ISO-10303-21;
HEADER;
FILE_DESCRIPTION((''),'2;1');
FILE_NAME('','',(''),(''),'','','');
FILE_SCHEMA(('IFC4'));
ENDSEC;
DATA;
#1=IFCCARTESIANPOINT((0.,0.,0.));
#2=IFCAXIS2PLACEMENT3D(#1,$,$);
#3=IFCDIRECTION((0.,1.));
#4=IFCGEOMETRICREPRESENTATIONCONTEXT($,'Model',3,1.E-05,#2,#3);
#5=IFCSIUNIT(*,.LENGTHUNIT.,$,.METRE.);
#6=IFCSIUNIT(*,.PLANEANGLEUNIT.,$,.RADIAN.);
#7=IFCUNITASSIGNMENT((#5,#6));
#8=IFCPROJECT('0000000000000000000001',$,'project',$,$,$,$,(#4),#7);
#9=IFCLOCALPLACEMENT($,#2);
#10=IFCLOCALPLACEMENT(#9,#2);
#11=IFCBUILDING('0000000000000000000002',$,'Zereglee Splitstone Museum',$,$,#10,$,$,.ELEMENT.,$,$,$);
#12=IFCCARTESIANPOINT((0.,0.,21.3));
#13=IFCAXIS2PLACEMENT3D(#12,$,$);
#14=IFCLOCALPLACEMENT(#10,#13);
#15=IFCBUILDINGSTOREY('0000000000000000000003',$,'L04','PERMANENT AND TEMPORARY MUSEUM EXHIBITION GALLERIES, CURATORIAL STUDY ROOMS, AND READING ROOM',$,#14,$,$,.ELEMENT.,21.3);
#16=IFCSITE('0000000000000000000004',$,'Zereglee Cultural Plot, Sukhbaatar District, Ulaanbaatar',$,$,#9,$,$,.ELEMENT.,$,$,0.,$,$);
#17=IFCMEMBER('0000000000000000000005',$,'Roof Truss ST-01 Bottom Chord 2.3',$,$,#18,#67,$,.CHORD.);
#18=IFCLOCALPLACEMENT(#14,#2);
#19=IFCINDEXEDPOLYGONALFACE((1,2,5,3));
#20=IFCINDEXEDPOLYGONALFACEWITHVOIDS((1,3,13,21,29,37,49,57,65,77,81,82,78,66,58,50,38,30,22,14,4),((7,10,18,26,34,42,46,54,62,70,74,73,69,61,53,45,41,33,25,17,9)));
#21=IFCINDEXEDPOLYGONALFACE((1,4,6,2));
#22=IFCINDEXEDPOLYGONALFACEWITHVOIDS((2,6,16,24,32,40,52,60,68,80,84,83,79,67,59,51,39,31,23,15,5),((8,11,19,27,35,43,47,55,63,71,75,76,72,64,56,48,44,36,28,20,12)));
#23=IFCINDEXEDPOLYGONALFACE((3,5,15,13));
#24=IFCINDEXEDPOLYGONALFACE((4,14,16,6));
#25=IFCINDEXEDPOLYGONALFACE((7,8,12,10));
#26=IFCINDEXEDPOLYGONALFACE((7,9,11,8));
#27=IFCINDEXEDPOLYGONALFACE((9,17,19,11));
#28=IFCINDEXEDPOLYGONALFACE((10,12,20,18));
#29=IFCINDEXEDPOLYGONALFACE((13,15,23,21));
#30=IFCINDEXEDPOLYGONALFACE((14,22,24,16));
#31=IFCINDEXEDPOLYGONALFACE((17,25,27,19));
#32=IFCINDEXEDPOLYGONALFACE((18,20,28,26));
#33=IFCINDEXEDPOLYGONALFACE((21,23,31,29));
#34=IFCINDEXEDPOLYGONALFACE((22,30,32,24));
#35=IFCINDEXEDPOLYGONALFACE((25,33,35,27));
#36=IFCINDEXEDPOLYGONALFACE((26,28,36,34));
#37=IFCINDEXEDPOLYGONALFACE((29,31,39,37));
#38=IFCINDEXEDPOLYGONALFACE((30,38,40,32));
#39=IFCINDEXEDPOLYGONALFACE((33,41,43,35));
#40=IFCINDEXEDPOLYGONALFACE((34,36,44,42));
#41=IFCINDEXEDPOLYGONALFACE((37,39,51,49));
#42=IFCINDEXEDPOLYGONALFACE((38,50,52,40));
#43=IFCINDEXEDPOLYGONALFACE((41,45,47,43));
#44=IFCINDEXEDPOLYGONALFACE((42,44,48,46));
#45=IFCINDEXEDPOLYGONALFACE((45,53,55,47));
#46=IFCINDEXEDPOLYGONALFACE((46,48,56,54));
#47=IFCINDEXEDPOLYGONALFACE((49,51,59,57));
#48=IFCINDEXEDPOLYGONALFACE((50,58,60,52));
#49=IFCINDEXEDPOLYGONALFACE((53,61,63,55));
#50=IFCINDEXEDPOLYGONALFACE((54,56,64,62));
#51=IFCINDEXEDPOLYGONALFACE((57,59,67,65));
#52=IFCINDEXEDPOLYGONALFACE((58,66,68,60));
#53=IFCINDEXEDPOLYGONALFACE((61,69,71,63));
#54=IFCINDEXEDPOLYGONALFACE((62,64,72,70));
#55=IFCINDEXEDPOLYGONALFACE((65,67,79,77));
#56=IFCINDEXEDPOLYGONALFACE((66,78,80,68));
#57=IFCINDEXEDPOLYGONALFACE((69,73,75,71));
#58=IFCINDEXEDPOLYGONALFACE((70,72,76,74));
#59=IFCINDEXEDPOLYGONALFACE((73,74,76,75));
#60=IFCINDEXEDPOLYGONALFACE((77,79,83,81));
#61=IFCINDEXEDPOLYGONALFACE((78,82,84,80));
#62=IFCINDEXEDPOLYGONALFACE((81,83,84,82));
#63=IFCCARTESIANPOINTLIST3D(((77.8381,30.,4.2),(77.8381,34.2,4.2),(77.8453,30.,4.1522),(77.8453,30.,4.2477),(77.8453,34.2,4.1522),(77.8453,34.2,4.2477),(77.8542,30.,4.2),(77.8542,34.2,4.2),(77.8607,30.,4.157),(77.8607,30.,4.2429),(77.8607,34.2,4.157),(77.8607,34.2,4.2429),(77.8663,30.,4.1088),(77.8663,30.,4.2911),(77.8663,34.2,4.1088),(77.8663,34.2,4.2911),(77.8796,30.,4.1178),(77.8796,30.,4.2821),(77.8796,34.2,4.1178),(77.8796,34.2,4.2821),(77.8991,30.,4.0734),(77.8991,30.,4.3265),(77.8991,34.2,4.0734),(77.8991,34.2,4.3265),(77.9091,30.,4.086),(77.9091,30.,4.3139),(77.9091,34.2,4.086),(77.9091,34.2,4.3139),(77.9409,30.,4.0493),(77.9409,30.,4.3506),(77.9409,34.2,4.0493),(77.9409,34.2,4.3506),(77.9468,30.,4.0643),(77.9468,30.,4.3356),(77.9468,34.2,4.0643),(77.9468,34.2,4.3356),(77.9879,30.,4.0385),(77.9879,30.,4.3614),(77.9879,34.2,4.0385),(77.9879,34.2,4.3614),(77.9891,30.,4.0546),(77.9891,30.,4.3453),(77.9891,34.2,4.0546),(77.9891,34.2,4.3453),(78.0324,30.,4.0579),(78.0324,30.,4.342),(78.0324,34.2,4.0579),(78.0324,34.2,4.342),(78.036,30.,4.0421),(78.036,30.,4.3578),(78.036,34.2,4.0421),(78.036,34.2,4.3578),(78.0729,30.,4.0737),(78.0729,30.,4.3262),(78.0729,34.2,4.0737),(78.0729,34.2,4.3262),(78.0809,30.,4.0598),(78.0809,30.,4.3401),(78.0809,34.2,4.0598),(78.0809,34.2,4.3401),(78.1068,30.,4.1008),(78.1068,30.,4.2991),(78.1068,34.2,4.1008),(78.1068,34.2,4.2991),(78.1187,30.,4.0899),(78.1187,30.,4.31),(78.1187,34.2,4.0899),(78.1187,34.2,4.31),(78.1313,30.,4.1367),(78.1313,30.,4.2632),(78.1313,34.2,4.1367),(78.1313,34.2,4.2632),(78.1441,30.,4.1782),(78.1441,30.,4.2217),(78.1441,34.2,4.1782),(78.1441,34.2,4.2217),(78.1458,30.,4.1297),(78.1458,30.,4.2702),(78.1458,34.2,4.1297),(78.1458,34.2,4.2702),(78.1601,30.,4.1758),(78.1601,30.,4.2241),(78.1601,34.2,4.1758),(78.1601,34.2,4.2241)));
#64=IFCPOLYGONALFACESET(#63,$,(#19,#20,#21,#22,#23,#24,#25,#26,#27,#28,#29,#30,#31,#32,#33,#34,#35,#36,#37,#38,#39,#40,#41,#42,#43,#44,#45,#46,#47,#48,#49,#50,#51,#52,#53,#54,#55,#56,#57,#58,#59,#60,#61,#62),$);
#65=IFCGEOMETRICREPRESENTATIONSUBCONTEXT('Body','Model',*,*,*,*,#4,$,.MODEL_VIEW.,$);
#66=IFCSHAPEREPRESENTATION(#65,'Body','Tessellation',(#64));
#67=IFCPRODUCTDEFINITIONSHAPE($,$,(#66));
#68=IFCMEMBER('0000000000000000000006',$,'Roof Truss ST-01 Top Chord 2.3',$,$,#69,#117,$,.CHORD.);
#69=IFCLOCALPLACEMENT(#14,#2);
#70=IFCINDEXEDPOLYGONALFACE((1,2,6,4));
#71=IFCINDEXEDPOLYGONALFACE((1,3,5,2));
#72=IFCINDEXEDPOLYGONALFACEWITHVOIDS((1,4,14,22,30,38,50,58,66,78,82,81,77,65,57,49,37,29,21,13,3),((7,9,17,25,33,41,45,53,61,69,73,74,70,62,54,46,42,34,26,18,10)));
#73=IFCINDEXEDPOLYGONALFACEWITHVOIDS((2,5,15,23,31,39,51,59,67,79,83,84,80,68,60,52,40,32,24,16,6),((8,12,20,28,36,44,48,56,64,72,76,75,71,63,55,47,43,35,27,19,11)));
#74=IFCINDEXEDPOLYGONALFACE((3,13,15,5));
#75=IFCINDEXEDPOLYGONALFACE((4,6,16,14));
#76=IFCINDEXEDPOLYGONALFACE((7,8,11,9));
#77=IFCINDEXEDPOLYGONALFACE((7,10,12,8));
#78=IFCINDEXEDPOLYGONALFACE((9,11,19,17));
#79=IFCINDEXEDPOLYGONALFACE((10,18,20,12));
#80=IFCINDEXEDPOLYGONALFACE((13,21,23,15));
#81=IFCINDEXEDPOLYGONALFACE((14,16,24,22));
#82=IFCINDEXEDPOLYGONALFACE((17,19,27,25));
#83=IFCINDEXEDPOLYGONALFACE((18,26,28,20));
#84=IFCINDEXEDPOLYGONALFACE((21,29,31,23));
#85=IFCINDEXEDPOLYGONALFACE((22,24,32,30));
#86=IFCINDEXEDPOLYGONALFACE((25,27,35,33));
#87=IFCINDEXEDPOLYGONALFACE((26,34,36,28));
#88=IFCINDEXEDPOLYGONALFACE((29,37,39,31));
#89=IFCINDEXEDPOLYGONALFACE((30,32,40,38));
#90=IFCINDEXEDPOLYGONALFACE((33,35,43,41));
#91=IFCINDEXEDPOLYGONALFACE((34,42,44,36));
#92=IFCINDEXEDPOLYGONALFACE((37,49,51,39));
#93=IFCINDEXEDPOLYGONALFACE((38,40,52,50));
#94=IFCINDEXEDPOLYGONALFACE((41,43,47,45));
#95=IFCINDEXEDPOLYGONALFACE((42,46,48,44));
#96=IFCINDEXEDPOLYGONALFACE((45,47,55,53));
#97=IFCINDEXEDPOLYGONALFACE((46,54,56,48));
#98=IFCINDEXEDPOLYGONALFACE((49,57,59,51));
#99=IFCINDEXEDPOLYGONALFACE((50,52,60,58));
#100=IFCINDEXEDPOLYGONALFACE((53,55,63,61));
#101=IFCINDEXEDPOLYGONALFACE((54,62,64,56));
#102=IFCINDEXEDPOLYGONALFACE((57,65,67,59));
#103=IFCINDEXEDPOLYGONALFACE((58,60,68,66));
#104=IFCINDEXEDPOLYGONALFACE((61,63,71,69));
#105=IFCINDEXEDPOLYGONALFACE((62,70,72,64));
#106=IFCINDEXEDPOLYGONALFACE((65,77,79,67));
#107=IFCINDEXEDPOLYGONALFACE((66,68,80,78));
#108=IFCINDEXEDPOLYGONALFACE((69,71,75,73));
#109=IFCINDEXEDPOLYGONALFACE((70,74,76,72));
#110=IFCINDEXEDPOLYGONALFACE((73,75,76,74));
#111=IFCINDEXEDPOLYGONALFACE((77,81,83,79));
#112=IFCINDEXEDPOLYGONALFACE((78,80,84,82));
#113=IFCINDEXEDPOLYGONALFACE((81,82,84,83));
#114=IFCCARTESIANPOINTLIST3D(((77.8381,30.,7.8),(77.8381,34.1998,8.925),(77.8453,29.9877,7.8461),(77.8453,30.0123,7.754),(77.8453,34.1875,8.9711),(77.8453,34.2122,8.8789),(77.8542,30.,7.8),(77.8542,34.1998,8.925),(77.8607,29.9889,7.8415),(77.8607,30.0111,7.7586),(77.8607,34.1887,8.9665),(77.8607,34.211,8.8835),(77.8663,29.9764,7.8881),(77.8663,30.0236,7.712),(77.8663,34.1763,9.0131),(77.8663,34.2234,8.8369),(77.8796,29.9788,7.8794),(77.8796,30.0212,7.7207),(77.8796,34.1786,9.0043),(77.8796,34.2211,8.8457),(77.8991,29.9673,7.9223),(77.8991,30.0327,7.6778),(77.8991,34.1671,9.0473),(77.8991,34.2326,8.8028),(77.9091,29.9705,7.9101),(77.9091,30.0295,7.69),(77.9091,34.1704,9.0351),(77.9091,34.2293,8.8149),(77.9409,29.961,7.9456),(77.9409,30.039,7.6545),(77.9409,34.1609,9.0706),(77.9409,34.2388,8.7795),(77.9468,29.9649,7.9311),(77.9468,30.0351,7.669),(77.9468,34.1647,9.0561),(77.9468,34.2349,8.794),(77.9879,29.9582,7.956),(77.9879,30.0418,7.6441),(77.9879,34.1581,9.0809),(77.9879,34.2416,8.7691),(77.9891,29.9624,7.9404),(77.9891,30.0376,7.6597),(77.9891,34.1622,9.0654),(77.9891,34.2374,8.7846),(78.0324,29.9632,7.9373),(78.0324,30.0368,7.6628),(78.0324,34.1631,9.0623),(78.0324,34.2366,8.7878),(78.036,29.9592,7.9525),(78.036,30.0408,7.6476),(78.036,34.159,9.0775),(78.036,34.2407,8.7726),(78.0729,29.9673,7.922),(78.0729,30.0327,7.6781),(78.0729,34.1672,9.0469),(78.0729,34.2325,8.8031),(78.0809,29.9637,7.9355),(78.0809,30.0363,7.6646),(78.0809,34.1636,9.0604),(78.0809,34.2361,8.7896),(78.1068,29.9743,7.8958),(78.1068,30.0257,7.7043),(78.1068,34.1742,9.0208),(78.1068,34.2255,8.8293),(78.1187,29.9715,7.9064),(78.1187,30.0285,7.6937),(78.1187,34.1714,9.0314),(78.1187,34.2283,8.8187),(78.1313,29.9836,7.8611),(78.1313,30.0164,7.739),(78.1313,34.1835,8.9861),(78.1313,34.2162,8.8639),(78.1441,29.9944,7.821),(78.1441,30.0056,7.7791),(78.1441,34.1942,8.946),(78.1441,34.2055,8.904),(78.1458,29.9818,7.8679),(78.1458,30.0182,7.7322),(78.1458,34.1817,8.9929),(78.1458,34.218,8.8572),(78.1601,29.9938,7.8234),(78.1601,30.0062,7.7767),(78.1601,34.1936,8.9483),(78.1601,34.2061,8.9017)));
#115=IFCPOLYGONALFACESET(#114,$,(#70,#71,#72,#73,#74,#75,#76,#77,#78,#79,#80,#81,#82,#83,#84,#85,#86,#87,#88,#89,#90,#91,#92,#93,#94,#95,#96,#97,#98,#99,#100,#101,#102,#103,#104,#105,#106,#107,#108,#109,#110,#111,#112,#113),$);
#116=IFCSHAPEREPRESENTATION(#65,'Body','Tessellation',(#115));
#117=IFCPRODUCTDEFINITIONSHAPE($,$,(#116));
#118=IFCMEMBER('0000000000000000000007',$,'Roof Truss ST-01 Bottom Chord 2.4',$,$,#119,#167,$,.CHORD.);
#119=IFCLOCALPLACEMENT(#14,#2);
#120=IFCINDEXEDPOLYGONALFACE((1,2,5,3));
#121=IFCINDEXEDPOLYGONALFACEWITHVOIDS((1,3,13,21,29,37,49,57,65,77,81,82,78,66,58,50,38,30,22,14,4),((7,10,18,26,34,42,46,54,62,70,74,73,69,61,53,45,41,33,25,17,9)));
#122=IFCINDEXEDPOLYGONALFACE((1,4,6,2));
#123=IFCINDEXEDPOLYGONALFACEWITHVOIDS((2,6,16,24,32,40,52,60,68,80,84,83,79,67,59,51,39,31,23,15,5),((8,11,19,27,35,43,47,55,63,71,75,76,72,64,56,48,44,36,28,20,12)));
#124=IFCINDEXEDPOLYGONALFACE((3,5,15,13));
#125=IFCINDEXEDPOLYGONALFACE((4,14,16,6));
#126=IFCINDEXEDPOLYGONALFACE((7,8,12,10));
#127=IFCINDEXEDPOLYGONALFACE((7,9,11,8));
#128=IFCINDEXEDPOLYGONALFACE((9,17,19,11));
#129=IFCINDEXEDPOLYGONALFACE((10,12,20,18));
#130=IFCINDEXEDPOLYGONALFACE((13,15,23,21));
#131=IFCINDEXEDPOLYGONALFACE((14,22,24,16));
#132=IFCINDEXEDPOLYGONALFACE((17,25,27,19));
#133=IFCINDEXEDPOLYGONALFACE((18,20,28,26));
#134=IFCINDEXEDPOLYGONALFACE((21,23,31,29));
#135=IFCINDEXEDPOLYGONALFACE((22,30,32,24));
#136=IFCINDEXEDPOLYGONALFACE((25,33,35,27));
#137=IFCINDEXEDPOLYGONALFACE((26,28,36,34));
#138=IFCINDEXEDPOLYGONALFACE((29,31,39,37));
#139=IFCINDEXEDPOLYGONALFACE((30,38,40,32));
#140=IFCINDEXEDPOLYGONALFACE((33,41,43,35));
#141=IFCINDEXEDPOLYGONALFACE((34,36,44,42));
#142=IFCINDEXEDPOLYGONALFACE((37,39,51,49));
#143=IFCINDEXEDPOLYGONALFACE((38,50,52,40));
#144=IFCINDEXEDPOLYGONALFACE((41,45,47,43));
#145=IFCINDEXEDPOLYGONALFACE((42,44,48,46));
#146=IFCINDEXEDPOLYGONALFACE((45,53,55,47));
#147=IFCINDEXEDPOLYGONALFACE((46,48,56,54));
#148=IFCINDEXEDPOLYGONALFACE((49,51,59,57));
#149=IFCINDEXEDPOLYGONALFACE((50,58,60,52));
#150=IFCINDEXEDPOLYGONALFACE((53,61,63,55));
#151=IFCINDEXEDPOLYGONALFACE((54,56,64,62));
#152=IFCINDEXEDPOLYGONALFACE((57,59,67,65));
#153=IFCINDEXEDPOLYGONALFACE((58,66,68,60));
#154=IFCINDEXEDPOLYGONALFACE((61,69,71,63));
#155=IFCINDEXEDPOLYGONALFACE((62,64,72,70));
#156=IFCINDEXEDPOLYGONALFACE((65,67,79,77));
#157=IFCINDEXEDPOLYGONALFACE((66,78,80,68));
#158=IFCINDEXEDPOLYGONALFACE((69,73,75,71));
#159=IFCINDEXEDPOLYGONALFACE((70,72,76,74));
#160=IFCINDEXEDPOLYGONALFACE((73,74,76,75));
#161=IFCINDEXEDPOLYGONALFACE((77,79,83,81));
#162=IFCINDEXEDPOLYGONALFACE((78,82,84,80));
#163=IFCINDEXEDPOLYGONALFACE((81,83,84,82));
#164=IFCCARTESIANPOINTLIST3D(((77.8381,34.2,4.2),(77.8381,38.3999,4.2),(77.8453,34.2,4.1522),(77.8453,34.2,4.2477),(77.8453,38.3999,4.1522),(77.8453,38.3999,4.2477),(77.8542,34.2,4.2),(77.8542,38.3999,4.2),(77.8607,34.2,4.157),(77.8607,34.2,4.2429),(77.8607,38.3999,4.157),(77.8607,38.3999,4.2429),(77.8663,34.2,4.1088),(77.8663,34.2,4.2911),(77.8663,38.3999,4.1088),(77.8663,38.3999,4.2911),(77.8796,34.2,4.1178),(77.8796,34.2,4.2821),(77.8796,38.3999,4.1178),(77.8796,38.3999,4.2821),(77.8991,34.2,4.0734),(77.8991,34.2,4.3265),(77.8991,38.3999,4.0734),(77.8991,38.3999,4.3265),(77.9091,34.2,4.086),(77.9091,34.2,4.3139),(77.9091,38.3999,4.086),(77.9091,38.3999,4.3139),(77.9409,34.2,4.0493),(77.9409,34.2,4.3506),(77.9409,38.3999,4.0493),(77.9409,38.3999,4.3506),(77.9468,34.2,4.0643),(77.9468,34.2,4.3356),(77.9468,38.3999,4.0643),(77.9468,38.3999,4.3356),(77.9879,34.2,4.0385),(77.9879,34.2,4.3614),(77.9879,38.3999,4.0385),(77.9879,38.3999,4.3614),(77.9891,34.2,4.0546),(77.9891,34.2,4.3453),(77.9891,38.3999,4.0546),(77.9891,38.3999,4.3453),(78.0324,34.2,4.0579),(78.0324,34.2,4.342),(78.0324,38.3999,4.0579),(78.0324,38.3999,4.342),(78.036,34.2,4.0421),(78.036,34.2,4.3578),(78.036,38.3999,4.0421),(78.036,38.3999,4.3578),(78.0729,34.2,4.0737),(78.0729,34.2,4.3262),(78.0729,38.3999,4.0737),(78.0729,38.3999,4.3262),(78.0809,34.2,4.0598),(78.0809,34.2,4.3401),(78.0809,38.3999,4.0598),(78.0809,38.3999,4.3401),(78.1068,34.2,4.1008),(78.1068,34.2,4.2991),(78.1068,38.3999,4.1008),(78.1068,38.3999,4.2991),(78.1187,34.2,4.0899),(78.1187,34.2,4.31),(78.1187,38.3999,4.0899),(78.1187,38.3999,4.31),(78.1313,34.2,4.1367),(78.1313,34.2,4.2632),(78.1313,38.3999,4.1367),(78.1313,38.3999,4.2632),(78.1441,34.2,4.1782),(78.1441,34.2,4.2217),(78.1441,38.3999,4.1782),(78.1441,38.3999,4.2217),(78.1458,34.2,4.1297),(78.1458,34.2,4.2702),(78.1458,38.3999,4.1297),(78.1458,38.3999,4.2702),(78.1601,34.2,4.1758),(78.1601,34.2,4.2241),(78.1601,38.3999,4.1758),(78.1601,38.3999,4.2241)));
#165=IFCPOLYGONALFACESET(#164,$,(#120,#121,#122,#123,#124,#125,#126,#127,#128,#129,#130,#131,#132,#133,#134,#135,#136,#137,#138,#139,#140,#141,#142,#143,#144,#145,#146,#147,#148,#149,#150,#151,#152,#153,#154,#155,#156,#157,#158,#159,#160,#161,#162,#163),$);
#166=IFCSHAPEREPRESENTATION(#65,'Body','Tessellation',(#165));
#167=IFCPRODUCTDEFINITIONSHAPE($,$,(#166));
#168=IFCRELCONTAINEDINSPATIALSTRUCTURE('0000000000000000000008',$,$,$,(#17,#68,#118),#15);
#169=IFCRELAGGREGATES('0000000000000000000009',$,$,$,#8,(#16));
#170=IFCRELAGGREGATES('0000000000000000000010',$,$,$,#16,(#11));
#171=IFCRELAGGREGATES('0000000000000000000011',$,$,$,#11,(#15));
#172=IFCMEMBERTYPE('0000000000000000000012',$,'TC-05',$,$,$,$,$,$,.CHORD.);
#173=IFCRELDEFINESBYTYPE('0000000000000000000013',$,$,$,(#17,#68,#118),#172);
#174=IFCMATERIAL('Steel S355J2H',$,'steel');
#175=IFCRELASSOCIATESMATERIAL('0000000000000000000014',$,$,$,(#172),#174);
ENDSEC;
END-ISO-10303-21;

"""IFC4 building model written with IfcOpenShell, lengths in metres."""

from ifc_helpers import new_model, si_unit, direction, frame, origin, origin_2d, place, context, subcontext, project, spatial, hollow_circle, extrude, material, material_profile, profile_set, type_object, element, save


model = new_model("IFC4")

# Units and contexts
model_context = context("Model", 3, precision=1e-05, world=origin(), true_north=direction((0.0, 1.0)))
body_context = subcontext(model_context, "Body", "Model", "MODEL_VIEW")
ifc_project = project(units=[si_unit("LENGTHUNIT", "METRE"), si_unit("PLANEANGLEUNIT", "RADIAN")], contexts=[model_context])

# Site, building, storey
site_placement = place(None, origin())
site = spatial("IfcSite", under=ifc_project, at=site_placement, Name="Zereglee Cultural Plot, Sukhbaatar District, Ulaanbaatar", CompositionType="ELEMENT", RefElevation=0.0)
building_placement = place(site_placement, origin())
building = spatial("IfcBuilding", under=site, at=building_placement, Name="Zereglee Splitstone Museum", CompositionType="ELEMENT")
storey_placement = place(building_placement, frame((0.0, 0.0, 21.3)))
storey = spatial("IfcBuildingStorey", under=building, at=storey_placement, Name="L04", Description="PERMANENT AND TEMPORARY MUSEUM EXHIBITION GALLERIES, CURATORIAL STUDY ROOMS, AND READING ROOM", CompositionType="ELEMENT", Elevation=21.3)

# Members
ifc_material_1 = material(Name="Steel S355J2H", Category="steel")
ifc_material_profile_1 = material_profile(ifc_material_1, hollow_circle(Radius=0.1619, WallThickness=0.0161, at=origin_2d()), Name="CHS 323.9x16")
ifc_profile_set_1 = profile_set([ifc_material_profile_1], Name="Steel S355J2H")
member_type_1 = type_object("IfcMemberType", Name="TC-05", PredefinedType="CHORD", material=ifc_profile_set_1)
member_1_placement = place(storey_placement, frame((78.0, 30.0, 4.2), z_axis=(0.0, 1.0, 0.0), x_axis=(-1.0, 0.0, 0.0)))
element("IfcMember", 1, at=member_1_placement, inside=storey, type_object=member_type_1, Name="Roof Truss ST-01 Bottom Chord 2.3", PredefinedType="CHORD", context=body_context, shape_type="SweptSolid", body=[
    extrude(hollow_circle(Radius=0.1619, WallThickness=0.0161, at=origin_2d()), origin(), (0.0, 0.0, 1.0), 4.2),
])
member_2_placement = place(storey_placement, frame((78.0, 30.0, 7.8), z_axis=(0.0, 0.965947, 0.258739), x_axis=(-1.0, 0.0, 0.0)))
element("IfcMember", 2, at=member_2_placement, inside=storey, type_object=member_type_1, Name="Roof Truss ST-01 Top Chord 2.3", PredefinedType="CHORD", context=body_context, shape_type="SweptSolid", body=[
    extrude(hollow_circle(Radius=0.1619, WallThickness=0.0161, at=origin_2d()), origin(), (0.0, 0.0, 1.0), 4.3479),
])
member_3_placement = place(storey_placement, frame((78.0, 34.2, 4.2), z_axis=(0.0, 1.0, 0.0), x_axis=(-1.0, 0.0, 0.0)))
element("IfcMember", 3, at=member_3_placement, inside=storey, type_object=member_type_1, Name="Roof Truss ST-01 Bottom Chord 2.4", PredefinedType="CHORD", context=body_context, shape_type="SweptSolid", body=[
    extrude(hollow_circle(Radius=0.1619, WallThickness=0.0161, at=origin_2d()), origin(), (0.0, 0.0, 1.0), 4.2),
])

save(model, "model.ifc")
